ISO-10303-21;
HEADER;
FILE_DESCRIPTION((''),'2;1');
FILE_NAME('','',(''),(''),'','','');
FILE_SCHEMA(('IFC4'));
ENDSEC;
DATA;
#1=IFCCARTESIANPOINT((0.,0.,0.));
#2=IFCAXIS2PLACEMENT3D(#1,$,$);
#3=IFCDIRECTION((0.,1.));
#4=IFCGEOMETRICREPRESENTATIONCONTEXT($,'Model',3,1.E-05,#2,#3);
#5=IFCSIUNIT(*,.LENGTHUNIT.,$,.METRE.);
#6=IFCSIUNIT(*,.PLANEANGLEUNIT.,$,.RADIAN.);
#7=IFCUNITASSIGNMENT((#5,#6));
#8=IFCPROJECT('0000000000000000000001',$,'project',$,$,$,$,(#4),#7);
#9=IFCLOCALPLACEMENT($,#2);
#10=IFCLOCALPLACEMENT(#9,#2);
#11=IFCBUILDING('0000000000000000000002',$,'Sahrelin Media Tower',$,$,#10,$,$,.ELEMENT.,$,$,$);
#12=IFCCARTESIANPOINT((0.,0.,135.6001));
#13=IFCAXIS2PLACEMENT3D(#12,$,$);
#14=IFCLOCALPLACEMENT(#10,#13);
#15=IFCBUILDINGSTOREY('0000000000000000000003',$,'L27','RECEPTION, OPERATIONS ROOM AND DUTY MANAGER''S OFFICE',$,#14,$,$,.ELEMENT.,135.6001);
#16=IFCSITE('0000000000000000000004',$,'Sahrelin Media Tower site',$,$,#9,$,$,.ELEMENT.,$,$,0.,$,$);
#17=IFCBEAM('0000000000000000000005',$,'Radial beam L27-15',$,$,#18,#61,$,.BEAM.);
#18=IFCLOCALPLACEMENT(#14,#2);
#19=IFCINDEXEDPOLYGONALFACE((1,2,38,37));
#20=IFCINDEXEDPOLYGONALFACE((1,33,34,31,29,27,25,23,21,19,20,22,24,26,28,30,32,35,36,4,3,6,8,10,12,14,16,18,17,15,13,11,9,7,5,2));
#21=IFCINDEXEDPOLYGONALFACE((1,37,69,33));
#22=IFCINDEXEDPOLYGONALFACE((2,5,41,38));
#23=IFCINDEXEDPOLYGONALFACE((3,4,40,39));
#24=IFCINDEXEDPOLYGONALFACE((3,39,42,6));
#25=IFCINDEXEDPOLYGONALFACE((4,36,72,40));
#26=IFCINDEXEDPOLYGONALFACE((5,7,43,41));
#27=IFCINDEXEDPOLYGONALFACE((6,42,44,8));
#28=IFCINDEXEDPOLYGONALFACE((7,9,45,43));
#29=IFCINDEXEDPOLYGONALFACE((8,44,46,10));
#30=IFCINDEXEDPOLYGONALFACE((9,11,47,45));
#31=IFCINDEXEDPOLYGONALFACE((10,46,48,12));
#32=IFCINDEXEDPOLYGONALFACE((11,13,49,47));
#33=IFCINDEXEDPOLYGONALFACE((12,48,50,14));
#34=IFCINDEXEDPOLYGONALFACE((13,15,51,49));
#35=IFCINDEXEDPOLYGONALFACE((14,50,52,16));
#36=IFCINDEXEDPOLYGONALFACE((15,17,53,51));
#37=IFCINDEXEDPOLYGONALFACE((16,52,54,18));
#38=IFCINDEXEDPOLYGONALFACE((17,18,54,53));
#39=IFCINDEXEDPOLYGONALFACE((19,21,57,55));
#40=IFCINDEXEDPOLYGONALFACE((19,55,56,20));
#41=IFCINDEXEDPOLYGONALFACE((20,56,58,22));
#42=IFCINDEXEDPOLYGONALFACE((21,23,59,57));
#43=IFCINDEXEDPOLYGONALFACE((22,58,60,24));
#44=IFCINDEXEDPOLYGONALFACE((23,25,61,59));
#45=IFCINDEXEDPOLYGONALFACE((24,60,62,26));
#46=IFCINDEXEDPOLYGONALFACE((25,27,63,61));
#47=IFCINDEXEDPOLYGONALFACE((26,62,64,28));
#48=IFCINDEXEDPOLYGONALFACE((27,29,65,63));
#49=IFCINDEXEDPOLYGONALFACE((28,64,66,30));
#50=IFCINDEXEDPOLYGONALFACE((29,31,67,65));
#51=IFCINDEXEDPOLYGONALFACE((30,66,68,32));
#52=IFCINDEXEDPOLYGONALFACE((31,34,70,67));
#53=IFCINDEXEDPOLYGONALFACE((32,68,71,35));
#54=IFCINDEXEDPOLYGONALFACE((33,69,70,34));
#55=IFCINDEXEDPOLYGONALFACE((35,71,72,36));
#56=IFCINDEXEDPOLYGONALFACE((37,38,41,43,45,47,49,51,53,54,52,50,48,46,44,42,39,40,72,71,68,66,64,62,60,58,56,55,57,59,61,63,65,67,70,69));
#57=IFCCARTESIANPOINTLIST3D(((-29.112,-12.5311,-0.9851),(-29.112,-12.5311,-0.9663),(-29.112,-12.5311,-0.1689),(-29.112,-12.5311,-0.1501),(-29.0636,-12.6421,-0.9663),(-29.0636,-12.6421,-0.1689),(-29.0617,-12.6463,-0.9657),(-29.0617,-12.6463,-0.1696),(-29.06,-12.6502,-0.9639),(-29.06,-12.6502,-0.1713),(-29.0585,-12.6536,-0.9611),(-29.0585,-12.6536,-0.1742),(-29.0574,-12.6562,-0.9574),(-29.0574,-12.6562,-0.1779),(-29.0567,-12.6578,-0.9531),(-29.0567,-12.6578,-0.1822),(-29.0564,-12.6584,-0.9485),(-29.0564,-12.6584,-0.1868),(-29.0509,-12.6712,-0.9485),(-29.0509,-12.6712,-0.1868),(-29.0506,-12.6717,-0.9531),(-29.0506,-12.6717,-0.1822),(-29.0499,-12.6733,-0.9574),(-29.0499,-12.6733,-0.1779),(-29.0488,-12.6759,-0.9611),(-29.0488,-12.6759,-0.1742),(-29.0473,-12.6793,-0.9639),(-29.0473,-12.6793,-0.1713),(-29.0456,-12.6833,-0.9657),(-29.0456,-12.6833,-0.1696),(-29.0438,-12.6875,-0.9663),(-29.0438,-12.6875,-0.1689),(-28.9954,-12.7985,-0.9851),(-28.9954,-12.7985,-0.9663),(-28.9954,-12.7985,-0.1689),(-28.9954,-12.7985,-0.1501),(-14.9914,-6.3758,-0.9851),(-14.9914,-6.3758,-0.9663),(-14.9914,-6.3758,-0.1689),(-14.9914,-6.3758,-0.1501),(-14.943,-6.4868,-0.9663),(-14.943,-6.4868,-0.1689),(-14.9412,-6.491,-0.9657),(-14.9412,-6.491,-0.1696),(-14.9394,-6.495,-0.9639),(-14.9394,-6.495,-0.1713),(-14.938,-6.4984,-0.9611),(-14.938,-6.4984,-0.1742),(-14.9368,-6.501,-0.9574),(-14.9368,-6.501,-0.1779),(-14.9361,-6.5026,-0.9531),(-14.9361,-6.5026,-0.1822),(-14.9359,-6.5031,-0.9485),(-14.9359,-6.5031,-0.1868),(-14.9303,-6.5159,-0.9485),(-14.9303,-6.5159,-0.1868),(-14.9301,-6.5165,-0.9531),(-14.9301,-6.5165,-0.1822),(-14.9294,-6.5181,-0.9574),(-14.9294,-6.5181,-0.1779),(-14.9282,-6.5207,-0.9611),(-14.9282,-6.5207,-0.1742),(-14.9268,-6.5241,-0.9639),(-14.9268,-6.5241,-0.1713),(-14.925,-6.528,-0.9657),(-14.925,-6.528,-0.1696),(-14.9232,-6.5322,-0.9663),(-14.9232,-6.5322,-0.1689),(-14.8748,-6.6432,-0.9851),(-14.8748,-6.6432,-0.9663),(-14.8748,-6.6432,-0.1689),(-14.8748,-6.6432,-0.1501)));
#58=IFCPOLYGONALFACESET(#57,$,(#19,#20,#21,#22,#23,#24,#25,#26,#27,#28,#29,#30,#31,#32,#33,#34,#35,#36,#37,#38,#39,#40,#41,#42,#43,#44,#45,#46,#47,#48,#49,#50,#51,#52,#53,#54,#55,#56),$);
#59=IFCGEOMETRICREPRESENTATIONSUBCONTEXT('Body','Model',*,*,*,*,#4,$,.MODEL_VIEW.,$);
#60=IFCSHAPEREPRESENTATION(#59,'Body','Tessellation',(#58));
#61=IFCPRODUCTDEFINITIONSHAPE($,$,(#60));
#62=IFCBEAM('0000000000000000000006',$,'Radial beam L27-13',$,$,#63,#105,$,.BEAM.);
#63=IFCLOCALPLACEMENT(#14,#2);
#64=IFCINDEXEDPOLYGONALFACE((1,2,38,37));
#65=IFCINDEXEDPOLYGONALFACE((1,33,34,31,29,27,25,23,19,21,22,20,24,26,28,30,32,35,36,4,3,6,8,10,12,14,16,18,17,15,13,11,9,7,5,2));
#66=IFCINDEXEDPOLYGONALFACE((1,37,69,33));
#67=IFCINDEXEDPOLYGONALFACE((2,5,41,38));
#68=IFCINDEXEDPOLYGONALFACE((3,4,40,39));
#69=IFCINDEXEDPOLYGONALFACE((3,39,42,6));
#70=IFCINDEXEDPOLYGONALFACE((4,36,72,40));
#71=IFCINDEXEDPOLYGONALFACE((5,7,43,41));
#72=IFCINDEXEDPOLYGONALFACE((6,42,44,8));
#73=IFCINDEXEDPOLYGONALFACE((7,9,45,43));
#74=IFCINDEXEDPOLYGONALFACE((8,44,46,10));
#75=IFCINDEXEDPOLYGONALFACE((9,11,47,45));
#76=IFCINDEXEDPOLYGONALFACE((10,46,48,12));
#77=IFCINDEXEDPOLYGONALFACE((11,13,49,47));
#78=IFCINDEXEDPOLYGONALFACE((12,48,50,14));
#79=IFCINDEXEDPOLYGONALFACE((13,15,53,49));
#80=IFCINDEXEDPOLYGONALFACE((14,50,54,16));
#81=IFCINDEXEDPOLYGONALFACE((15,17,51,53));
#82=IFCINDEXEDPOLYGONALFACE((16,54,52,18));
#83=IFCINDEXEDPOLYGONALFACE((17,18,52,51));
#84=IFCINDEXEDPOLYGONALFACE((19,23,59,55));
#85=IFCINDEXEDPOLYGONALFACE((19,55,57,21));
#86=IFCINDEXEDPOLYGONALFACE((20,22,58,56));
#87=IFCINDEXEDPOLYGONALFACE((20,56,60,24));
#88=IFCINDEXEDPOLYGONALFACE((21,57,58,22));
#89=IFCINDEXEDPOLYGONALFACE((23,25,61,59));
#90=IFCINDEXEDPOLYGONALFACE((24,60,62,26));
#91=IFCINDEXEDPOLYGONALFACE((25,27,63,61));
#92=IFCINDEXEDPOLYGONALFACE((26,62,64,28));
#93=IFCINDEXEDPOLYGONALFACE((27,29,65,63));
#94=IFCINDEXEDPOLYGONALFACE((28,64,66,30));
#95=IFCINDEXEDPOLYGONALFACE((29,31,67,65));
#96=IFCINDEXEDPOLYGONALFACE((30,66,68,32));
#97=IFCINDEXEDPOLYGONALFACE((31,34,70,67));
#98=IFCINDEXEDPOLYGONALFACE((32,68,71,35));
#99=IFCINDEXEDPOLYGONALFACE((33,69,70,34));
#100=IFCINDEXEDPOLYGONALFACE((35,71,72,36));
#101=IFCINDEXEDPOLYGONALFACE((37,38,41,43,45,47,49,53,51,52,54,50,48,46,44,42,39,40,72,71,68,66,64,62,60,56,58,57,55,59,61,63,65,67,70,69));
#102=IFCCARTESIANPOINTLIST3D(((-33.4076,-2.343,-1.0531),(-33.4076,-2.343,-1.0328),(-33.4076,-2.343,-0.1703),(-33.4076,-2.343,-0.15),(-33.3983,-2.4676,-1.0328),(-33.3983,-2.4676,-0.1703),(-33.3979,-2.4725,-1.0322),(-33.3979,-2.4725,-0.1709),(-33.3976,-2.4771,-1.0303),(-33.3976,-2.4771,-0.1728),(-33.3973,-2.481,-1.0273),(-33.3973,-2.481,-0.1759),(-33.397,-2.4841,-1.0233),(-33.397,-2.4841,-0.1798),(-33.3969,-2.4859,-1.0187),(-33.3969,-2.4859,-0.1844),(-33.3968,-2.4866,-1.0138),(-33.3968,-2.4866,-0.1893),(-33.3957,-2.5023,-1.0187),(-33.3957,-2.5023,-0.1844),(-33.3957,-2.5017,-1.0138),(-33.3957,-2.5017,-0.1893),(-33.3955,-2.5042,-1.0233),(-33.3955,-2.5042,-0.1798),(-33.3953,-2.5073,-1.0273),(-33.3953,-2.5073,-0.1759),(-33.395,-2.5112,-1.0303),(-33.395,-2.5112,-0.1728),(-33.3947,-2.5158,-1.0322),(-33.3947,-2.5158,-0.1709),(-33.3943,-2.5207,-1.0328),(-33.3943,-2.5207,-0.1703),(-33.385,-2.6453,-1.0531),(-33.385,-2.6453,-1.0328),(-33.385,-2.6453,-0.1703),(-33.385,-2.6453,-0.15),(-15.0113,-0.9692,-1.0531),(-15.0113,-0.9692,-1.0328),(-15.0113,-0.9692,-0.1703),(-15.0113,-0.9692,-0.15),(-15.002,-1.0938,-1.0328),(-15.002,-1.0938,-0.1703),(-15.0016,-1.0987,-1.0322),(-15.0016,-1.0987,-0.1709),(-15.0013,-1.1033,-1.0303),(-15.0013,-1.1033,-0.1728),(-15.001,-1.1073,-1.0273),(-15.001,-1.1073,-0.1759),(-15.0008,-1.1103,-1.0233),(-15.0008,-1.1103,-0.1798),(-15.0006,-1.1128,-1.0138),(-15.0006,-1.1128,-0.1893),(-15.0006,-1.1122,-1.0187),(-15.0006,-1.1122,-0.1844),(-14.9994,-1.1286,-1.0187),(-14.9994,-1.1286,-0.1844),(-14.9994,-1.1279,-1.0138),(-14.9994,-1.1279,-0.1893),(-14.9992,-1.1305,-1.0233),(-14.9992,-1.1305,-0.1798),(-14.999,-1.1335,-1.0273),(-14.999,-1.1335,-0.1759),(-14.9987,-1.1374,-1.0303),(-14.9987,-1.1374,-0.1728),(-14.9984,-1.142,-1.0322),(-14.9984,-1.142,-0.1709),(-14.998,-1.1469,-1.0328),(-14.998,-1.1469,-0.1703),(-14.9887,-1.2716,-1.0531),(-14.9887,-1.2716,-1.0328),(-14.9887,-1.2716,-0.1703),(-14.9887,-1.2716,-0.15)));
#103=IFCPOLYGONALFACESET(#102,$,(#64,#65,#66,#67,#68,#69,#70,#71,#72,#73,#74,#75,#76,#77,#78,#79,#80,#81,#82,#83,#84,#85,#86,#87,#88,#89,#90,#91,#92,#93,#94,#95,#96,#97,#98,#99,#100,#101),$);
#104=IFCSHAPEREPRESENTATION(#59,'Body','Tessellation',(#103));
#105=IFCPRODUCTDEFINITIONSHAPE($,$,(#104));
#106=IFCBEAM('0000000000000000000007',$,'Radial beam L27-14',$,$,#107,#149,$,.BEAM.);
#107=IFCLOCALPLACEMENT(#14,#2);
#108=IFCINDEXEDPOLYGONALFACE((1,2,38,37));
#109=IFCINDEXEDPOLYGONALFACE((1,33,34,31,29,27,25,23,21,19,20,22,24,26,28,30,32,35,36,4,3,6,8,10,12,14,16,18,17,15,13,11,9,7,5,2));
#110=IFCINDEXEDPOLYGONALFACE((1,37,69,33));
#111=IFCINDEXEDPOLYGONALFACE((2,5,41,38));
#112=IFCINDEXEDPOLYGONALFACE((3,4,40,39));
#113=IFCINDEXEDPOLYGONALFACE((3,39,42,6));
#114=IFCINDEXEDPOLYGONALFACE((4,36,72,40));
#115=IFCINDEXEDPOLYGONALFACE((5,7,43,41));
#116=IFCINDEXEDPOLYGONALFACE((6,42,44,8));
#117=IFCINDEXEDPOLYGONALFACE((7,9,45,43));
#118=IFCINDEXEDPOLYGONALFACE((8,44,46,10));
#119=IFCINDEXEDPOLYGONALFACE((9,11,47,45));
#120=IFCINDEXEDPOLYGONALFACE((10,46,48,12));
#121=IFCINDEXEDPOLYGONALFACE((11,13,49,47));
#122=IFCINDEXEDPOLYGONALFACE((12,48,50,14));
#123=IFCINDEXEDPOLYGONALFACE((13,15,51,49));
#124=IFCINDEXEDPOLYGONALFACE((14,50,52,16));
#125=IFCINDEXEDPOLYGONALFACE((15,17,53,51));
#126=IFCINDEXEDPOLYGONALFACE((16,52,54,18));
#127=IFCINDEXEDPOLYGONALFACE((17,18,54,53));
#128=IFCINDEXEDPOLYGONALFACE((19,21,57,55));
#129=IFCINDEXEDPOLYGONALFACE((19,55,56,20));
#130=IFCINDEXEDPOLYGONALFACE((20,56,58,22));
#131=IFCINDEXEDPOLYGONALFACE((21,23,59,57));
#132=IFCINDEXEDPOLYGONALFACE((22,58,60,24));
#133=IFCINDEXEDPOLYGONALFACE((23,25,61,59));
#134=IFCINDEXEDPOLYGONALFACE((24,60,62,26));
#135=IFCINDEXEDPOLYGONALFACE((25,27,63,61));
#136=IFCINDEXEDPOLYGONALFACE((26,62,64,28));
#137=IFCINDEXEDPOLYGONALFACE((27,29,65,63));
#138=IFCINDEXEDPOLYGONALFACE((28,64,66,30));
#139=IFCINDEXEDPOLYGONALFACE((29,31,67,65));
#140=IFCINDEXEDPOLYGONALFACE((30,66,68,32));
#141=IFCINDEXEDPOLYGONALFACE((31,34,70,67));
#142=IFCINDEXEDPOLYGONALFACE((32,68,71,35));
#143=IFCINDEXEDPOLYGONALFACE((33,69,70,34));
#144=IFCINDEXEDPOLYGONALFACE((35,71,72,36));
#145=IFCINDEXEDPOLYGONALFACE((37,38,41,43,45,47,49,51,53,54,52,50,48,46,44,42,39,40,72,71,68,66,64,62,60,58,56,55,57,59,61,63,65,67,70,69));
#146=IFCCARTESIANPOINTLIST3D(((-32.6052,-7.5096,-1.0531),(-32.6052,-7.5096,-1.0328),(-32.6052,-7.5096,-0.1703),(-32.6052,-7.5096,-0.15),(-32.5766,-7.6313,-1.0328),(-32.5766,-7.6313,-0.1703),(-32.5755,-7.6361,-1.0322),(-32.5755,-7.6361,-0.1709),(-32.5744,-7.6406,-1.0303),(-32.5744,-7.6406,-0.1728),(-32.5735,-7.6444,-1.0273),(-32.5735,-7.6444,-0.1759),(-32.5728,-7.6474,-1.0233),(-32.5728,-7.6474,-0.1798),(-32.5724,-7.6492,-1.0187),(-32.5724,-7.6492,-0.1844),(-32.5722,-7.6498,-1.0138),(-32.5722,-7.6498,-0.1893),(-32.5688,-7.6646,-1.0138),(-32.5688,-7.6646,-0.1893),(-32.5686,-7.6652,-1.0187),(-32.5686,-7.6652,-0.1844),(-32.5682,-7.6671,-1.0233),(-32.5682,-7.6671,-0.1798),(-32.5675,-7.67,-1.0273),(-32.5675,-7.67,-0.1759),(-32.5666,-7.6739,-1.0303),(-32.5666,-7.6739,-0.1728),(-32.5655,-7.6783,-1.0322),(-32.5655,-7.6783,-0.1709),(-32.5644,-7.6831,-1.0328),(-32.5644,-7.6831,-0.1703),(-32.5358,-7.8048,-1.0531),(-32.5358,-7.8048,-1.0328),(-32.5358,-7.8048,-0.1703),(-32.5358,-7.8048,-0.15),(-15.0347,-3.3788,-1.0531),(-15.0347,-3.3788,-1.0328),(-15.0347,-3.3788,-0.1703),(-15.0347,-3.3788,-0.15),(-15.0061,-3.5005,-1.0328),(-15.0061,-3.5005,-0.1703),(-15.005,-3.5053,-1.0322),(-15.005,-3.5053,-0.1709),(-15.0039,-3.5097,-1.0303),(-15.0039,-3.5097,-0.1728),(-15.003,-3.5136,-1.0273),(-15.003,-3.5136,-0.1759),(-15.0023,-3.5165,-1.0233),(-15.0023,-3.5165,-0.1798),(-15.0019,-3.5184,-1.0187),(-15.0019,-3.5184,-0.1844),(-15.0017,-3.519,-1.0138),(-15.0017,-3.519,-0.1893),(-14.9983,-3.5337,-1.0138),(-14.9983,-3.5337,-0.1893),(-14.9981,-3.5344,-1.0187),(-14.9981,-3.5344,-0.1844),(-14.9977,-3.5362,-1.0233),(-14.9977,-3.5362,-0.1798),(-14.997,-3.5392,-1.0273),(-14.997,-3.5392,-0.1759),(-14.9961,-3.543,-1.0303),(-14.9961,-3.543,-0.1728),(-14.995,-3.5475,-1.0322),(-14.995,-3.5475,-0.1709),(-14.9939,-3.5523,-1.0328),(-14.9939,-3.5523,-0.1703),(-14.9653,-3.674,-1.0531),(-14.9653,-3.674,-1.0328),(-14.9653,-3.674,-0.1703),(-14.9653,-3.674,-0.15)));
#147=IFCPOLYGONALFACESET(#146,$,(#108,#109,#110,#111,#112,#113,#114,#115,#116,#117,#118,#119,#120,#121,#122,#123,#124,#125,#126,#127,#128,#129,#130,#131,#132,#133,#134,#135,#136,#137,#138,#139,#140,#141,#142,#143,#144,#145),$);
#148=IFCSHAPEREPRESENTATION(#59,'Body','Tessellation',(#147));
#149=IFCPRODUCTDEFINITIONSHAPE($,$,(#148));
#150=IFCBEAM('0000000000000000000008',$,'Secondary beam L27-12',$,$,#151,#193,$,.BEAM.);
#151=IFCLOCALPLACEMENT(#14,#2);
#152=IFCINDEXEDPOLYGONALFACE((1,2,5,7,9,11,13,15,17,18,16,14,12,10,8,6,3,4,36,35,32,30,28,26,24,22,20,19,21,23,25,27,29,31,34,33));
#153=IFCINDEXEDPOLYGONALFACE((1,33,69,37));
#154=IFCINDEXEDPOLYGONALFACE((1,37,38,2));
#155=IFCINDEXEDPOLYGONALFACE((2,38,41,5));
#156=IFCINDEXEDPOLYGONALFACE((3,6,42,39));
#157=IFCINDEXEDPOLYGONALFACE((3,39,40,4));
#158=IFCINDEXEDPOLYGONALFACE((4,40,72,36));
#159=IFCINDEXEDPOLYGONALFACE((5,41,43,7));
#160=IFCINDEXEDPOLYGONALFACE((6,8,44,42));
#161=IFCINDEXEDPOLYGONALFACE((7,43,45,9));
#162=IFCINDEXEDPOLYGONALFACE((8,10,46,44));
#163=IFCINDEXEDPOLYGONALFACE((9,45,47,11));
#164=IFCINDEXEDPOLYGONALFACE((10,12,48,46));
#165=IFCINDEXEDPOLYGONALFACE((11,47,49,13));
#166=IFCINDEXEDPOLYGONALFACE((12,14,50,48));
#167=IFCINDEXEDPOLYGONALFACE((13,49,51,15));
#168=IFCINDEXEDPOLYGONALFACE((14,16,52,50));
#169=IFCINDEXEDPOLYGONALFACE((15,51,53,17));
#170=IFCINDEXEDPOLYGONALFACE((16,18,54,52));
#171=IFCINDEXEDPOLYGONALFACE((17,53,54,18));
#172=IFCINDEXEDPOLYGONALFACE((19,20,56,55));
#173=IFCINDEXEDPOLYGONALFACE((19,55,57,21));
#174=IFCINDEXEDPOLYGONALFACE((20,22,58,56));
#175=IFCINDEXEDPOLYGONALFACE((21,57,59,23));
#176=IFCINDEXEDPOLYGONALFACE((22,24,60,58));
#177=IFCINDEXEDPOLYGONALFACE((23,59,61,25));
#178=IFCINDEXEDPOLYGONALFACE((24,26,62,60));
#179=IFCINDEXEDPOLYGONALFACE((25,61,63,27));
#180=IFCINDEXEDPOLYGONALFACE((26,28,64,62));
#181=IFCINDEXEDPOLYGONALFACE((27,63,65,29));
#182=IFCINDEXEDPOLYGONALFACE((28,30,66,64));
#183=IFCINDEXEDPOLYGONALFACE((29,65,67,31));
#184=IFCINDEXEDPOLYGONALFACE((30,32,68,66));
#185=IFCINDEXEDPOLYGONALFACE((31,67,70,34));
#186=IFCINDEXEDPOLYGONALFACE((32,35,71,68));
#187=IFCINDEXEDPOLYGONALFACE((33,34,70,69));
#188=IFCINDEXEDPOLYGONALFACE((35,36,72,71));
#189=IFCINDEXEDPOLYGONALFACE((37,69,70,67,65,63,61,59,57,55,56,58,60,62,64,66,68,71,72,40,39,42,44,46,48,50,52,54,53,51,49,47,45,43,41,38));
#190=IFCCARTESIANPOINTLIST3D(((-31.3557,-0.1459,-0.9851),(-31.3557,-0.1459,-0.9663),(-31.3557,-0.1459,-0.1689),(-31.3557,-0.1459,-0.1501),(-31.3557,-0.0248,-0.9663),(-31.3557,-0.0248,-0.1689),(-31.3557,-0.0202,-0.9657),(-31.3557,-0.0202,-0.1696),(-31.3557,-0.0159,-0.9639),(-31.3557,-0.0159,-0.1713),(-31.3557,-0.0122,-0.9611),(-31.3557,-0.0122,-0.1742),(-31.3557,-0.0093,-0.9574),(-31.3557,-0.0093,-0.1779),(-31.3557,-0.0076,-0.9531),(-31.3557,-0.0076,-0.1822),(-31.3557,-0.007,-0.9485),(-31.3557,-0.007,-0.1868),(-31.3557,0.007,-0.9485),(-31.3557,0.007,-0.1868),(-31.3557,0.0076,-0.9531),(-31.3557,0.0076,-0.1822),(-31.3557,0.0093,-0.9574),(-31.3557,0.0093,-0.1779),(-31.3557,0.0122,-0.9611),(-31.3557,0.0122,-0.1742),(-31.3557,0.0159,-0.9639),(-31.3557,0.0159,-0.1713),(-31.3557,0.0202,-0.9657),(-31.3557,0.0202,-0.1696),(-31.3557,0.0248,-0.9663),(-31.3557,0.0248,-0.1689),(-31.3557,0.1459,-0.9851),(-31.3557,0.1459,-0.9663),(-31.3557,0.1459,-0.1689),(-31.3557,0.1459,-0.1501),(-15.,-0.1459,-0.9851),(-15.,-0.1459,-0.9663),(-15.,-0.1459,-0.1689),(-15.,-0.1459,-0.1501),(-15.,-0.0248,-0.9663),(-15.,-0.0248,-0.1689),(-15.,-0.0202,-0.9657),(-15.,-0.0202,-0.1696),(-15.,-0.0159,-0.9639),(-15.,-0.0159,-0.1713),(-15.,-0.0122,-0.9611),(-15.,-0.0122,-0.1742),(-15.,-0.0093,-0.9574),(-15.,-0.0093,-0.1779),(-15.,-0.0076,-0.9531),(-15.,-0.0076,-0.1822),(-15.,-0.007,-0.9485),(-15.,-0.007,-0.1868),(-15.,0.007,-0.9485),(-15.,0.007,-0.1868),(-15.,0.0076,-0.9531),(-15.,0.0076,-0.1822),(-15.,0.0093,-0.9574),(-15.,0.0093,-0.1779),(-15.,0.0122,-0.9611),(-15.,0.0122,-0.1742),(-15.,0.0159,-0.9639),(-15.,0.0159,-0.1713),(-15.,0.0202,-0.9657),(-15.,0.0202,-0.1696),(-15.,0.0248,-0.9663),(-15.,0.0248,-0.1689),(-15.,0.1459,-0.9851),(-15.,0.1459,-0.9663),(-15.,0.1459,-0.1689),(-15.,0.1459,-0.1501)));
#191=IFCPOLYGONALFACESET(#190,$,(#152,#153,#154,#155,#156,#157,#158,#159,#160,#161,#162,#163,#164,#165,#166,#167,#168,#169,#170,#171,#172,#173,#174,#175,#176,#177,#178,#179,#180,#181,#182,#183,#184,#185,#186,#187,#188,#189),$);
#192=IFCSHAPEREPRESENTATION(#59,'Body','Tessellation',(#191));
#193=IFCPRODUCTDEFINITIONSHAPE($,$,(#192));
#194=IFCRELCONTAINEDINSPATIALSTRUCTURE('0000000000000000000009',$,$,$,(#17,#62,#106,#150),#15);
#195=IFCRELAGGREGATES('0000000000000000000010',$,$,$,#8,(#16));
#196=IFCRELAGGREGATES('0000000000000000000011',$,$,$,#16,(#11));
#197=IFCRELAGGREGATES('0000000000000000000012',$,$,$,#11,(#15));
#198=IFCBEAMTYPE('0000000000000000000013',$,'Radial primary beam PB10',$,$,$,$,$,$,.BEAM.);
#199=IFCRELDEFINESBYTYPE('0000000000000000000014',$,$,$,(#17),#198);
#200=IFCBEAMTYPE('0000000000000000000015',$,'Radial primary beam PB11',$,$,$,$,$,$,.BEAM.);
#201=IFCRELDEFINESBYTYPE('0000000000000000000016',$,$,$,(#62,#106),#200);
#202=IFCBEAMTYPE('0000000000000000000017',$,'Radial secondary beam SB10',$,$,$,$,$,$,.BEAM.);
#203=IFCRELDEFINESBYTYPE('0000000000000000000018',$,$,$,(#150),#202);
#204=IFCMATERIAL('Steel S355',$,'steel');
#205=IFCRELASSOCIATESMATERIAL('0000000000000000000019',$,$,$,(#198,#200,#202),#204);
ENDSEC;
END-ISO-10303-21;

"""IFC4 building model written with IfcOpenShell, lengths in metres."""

from ifc_helpers import new_model, si_unit, direction, frame, origin, origin_2d, place, context, subcontext, project, spatial, i_section, extrude, material, material_profile, profile_set, type_object, element, save


model = new_model("IFC4")

# Units and contexts
model_context = context("Model", 3, precision=1e-05, world=origin(), true_north=direction((0.0, 1.0)))
body_context = subcontext(model_context, "Body", "Model", "MODEL_VIEW")
ifc_project = project(units=[si_unit("LENGTHUNIT", "METRE"), si_unit("PLANEANGLEUNIT", "RADIAN")], contexts=[model_context])

# Site, building, storey
site_placement = place(None, origin())
site = spatial("IfcSite", under=ifc_project, at=site_placement, Name="Sahrelin Media Tower site", CompositionType="ELEMENT", RefElevation=0.0)
building_placement = place(site_placement, origin())
building = spatial("IfcBuilding", under=site, at=building_placement, Name="Sahrelin Media Tower", CompositionType="ELEMENT")
storey_placement = place(building_placement, frame((0.0, 0.0, 135.6001)))
storey = spatial("IfcBuildingStorey", under=building, at=storey_placement, Name="L27", Description="RECEPTION, OPERATIONS ROOM AND DUTY MANAGER'S OFFICE", CompositionType="ELEMENT", Elevation=135.6001)

# Beams
ifc_material_1 = material(Name="Steel S355", Category="steel")
ifc_material_profile_1 = material_profile(ifc_material_1, i_section(OverallWidth=0.2917, OverallDepth=0.835, WebThickness=0.0139, FlangeThickness=0.0188, FilletRadius=0.0178, at=origin_2d()), Name="UB 838x292x176")
ifc_profile_set_1 = profile_set([ifc_material_profile_1], Name="Steel S355")
beam_type_1 = type_object("IfcBeamType", Name="Radial primary beam PB10", PredefinedType="BEAM", material=ifc_profile_set_1)
beam_1_placement = place(storey_placement, frame((-14.9331, -6.5095, -0.5676), z_axis=(-0.916693, -0.399593, 0.0), x_axis=(0.399593, -0.916693, 0.0)))
element("IfcBeam", 1, at=beam_1_placement, inside=storey, type_object=beam_type_1, Name="Radial beam L27-15", PredefinedType="BEAM", context=body_context, shape_type="SweptSolid", body=[
    extrude(i_section(OverallWidth=0.2917, OverallDepth=0.835, WebThickness=0.0139, FlangeThickness=0.0188, FilletRadius=0.0178, at=origin_2d()), origin(), (0.0, 0.0, 1.0), 15.4038),
])
ifc_material_profile_2 = material_profile(ifc_material_1, i_section(OverallWidth=0.3032, OverallDepth=0.9031, WebThickness=0.0151, FlangeThickness=0.0203, FilletRadius=0.019, at=origin_2d()), Name="UB 914x305x201")
ifc_profile_set_2 = profile_set([ifc_material_profile_2], Name="Steel S355")
beam_type_2 = type_object("IfcBeamType", Name="Radial primary beam PB11", PredefinedType="BEAM", material=ifc_profile_set_2)
beam_2_placement = place(storey_placement, frame((-15.0, -1.1204, -0.6016), z_axis=(-0.997223, -0.07447, 0.0), x_axis=(0.07447, -0.997223, 0.0)))
element("IfcBeam", 2, at=beam_2_placement, inside=storey, type_object=beam_type_2, Name="Radial beam L27-13", PredefinedType="BEAM", context=body_context, shape_type="SweptSolid", body=[
    extrude(i_section(OverallWidth=0.3032, OverallDepth=0.9031, WebThickness=0.0151, FlangeThickness=0.0203, FilletRadius=0.019, at=origin_2d()), origin(), (0.0, 0.0, 1.0), 18.4475),
])
beam_3_placement = place(storey_placement, frame((-15.0, -3.5264, -0.6016), z_axis=(-0.973459, -0.228861, 0.0), x_axis=(0.228861, -0.973459, 0.0)))
element("IfcBeam", 3, at=beam_3_placement, inside=storey, type_object=beam_type_2, Name="Radial beam L27-14", PredefinedType="BEAM", context=body_context, shape_type="SweptSolid", body=[
    extrude(i_section(OverallWidth=0.3032, OverallDepth=0.9031, WebThickness=0.0151, FlangeThickness=0.0203, FilletRadius=0.019, at=origin_2d()), origin(), (0.0, 0.0, 1.0), 18.0496),
])
ifc_material_profile_3 = material_profile(ifc_material_1, i_section(OverallWidth=0.2917, OverallDepth=0.835, WebThickness=0.0139, FlangeThickness=0.0188, FilletRadius=0.0178, at=origin_2d()), Name="UB 838x292x176")
ifc_profile_set_3 = profile_set([ifc_material_profile_3], Name="Steel S355")
beam_type_3 = type_object("IfcBeamType", Name="Radial secondary beam SB10", PredefinedType="BEAM", material=ifc_profile_set_3)
beam_4_placement = place(storey_placement, frame((-15.0, 0.0, -0.5676), z_axis=(-1.0, 0.0, 0.0), x_axis=(0.0, -1.0, 0.0)))
element("IfcBeam", 4, at=beam_4_placement, inside=storey, type_object=beam_type_3, Name="Secondary beam L27-12", PredefinedType="BEAM", context=body_context, shape_type="SweptSolid", body=[
    extrude(i_section(OverallWidth=0.2917, OverallDepth=0.835, WebThickness=0.0139, FlangeThickness=0.0188, FilletRadius=0.0178, at=origin_2d()), origin(), (0.0, 0.0, 1.0), 16.3557),
])

save(model, "model.ifc")
